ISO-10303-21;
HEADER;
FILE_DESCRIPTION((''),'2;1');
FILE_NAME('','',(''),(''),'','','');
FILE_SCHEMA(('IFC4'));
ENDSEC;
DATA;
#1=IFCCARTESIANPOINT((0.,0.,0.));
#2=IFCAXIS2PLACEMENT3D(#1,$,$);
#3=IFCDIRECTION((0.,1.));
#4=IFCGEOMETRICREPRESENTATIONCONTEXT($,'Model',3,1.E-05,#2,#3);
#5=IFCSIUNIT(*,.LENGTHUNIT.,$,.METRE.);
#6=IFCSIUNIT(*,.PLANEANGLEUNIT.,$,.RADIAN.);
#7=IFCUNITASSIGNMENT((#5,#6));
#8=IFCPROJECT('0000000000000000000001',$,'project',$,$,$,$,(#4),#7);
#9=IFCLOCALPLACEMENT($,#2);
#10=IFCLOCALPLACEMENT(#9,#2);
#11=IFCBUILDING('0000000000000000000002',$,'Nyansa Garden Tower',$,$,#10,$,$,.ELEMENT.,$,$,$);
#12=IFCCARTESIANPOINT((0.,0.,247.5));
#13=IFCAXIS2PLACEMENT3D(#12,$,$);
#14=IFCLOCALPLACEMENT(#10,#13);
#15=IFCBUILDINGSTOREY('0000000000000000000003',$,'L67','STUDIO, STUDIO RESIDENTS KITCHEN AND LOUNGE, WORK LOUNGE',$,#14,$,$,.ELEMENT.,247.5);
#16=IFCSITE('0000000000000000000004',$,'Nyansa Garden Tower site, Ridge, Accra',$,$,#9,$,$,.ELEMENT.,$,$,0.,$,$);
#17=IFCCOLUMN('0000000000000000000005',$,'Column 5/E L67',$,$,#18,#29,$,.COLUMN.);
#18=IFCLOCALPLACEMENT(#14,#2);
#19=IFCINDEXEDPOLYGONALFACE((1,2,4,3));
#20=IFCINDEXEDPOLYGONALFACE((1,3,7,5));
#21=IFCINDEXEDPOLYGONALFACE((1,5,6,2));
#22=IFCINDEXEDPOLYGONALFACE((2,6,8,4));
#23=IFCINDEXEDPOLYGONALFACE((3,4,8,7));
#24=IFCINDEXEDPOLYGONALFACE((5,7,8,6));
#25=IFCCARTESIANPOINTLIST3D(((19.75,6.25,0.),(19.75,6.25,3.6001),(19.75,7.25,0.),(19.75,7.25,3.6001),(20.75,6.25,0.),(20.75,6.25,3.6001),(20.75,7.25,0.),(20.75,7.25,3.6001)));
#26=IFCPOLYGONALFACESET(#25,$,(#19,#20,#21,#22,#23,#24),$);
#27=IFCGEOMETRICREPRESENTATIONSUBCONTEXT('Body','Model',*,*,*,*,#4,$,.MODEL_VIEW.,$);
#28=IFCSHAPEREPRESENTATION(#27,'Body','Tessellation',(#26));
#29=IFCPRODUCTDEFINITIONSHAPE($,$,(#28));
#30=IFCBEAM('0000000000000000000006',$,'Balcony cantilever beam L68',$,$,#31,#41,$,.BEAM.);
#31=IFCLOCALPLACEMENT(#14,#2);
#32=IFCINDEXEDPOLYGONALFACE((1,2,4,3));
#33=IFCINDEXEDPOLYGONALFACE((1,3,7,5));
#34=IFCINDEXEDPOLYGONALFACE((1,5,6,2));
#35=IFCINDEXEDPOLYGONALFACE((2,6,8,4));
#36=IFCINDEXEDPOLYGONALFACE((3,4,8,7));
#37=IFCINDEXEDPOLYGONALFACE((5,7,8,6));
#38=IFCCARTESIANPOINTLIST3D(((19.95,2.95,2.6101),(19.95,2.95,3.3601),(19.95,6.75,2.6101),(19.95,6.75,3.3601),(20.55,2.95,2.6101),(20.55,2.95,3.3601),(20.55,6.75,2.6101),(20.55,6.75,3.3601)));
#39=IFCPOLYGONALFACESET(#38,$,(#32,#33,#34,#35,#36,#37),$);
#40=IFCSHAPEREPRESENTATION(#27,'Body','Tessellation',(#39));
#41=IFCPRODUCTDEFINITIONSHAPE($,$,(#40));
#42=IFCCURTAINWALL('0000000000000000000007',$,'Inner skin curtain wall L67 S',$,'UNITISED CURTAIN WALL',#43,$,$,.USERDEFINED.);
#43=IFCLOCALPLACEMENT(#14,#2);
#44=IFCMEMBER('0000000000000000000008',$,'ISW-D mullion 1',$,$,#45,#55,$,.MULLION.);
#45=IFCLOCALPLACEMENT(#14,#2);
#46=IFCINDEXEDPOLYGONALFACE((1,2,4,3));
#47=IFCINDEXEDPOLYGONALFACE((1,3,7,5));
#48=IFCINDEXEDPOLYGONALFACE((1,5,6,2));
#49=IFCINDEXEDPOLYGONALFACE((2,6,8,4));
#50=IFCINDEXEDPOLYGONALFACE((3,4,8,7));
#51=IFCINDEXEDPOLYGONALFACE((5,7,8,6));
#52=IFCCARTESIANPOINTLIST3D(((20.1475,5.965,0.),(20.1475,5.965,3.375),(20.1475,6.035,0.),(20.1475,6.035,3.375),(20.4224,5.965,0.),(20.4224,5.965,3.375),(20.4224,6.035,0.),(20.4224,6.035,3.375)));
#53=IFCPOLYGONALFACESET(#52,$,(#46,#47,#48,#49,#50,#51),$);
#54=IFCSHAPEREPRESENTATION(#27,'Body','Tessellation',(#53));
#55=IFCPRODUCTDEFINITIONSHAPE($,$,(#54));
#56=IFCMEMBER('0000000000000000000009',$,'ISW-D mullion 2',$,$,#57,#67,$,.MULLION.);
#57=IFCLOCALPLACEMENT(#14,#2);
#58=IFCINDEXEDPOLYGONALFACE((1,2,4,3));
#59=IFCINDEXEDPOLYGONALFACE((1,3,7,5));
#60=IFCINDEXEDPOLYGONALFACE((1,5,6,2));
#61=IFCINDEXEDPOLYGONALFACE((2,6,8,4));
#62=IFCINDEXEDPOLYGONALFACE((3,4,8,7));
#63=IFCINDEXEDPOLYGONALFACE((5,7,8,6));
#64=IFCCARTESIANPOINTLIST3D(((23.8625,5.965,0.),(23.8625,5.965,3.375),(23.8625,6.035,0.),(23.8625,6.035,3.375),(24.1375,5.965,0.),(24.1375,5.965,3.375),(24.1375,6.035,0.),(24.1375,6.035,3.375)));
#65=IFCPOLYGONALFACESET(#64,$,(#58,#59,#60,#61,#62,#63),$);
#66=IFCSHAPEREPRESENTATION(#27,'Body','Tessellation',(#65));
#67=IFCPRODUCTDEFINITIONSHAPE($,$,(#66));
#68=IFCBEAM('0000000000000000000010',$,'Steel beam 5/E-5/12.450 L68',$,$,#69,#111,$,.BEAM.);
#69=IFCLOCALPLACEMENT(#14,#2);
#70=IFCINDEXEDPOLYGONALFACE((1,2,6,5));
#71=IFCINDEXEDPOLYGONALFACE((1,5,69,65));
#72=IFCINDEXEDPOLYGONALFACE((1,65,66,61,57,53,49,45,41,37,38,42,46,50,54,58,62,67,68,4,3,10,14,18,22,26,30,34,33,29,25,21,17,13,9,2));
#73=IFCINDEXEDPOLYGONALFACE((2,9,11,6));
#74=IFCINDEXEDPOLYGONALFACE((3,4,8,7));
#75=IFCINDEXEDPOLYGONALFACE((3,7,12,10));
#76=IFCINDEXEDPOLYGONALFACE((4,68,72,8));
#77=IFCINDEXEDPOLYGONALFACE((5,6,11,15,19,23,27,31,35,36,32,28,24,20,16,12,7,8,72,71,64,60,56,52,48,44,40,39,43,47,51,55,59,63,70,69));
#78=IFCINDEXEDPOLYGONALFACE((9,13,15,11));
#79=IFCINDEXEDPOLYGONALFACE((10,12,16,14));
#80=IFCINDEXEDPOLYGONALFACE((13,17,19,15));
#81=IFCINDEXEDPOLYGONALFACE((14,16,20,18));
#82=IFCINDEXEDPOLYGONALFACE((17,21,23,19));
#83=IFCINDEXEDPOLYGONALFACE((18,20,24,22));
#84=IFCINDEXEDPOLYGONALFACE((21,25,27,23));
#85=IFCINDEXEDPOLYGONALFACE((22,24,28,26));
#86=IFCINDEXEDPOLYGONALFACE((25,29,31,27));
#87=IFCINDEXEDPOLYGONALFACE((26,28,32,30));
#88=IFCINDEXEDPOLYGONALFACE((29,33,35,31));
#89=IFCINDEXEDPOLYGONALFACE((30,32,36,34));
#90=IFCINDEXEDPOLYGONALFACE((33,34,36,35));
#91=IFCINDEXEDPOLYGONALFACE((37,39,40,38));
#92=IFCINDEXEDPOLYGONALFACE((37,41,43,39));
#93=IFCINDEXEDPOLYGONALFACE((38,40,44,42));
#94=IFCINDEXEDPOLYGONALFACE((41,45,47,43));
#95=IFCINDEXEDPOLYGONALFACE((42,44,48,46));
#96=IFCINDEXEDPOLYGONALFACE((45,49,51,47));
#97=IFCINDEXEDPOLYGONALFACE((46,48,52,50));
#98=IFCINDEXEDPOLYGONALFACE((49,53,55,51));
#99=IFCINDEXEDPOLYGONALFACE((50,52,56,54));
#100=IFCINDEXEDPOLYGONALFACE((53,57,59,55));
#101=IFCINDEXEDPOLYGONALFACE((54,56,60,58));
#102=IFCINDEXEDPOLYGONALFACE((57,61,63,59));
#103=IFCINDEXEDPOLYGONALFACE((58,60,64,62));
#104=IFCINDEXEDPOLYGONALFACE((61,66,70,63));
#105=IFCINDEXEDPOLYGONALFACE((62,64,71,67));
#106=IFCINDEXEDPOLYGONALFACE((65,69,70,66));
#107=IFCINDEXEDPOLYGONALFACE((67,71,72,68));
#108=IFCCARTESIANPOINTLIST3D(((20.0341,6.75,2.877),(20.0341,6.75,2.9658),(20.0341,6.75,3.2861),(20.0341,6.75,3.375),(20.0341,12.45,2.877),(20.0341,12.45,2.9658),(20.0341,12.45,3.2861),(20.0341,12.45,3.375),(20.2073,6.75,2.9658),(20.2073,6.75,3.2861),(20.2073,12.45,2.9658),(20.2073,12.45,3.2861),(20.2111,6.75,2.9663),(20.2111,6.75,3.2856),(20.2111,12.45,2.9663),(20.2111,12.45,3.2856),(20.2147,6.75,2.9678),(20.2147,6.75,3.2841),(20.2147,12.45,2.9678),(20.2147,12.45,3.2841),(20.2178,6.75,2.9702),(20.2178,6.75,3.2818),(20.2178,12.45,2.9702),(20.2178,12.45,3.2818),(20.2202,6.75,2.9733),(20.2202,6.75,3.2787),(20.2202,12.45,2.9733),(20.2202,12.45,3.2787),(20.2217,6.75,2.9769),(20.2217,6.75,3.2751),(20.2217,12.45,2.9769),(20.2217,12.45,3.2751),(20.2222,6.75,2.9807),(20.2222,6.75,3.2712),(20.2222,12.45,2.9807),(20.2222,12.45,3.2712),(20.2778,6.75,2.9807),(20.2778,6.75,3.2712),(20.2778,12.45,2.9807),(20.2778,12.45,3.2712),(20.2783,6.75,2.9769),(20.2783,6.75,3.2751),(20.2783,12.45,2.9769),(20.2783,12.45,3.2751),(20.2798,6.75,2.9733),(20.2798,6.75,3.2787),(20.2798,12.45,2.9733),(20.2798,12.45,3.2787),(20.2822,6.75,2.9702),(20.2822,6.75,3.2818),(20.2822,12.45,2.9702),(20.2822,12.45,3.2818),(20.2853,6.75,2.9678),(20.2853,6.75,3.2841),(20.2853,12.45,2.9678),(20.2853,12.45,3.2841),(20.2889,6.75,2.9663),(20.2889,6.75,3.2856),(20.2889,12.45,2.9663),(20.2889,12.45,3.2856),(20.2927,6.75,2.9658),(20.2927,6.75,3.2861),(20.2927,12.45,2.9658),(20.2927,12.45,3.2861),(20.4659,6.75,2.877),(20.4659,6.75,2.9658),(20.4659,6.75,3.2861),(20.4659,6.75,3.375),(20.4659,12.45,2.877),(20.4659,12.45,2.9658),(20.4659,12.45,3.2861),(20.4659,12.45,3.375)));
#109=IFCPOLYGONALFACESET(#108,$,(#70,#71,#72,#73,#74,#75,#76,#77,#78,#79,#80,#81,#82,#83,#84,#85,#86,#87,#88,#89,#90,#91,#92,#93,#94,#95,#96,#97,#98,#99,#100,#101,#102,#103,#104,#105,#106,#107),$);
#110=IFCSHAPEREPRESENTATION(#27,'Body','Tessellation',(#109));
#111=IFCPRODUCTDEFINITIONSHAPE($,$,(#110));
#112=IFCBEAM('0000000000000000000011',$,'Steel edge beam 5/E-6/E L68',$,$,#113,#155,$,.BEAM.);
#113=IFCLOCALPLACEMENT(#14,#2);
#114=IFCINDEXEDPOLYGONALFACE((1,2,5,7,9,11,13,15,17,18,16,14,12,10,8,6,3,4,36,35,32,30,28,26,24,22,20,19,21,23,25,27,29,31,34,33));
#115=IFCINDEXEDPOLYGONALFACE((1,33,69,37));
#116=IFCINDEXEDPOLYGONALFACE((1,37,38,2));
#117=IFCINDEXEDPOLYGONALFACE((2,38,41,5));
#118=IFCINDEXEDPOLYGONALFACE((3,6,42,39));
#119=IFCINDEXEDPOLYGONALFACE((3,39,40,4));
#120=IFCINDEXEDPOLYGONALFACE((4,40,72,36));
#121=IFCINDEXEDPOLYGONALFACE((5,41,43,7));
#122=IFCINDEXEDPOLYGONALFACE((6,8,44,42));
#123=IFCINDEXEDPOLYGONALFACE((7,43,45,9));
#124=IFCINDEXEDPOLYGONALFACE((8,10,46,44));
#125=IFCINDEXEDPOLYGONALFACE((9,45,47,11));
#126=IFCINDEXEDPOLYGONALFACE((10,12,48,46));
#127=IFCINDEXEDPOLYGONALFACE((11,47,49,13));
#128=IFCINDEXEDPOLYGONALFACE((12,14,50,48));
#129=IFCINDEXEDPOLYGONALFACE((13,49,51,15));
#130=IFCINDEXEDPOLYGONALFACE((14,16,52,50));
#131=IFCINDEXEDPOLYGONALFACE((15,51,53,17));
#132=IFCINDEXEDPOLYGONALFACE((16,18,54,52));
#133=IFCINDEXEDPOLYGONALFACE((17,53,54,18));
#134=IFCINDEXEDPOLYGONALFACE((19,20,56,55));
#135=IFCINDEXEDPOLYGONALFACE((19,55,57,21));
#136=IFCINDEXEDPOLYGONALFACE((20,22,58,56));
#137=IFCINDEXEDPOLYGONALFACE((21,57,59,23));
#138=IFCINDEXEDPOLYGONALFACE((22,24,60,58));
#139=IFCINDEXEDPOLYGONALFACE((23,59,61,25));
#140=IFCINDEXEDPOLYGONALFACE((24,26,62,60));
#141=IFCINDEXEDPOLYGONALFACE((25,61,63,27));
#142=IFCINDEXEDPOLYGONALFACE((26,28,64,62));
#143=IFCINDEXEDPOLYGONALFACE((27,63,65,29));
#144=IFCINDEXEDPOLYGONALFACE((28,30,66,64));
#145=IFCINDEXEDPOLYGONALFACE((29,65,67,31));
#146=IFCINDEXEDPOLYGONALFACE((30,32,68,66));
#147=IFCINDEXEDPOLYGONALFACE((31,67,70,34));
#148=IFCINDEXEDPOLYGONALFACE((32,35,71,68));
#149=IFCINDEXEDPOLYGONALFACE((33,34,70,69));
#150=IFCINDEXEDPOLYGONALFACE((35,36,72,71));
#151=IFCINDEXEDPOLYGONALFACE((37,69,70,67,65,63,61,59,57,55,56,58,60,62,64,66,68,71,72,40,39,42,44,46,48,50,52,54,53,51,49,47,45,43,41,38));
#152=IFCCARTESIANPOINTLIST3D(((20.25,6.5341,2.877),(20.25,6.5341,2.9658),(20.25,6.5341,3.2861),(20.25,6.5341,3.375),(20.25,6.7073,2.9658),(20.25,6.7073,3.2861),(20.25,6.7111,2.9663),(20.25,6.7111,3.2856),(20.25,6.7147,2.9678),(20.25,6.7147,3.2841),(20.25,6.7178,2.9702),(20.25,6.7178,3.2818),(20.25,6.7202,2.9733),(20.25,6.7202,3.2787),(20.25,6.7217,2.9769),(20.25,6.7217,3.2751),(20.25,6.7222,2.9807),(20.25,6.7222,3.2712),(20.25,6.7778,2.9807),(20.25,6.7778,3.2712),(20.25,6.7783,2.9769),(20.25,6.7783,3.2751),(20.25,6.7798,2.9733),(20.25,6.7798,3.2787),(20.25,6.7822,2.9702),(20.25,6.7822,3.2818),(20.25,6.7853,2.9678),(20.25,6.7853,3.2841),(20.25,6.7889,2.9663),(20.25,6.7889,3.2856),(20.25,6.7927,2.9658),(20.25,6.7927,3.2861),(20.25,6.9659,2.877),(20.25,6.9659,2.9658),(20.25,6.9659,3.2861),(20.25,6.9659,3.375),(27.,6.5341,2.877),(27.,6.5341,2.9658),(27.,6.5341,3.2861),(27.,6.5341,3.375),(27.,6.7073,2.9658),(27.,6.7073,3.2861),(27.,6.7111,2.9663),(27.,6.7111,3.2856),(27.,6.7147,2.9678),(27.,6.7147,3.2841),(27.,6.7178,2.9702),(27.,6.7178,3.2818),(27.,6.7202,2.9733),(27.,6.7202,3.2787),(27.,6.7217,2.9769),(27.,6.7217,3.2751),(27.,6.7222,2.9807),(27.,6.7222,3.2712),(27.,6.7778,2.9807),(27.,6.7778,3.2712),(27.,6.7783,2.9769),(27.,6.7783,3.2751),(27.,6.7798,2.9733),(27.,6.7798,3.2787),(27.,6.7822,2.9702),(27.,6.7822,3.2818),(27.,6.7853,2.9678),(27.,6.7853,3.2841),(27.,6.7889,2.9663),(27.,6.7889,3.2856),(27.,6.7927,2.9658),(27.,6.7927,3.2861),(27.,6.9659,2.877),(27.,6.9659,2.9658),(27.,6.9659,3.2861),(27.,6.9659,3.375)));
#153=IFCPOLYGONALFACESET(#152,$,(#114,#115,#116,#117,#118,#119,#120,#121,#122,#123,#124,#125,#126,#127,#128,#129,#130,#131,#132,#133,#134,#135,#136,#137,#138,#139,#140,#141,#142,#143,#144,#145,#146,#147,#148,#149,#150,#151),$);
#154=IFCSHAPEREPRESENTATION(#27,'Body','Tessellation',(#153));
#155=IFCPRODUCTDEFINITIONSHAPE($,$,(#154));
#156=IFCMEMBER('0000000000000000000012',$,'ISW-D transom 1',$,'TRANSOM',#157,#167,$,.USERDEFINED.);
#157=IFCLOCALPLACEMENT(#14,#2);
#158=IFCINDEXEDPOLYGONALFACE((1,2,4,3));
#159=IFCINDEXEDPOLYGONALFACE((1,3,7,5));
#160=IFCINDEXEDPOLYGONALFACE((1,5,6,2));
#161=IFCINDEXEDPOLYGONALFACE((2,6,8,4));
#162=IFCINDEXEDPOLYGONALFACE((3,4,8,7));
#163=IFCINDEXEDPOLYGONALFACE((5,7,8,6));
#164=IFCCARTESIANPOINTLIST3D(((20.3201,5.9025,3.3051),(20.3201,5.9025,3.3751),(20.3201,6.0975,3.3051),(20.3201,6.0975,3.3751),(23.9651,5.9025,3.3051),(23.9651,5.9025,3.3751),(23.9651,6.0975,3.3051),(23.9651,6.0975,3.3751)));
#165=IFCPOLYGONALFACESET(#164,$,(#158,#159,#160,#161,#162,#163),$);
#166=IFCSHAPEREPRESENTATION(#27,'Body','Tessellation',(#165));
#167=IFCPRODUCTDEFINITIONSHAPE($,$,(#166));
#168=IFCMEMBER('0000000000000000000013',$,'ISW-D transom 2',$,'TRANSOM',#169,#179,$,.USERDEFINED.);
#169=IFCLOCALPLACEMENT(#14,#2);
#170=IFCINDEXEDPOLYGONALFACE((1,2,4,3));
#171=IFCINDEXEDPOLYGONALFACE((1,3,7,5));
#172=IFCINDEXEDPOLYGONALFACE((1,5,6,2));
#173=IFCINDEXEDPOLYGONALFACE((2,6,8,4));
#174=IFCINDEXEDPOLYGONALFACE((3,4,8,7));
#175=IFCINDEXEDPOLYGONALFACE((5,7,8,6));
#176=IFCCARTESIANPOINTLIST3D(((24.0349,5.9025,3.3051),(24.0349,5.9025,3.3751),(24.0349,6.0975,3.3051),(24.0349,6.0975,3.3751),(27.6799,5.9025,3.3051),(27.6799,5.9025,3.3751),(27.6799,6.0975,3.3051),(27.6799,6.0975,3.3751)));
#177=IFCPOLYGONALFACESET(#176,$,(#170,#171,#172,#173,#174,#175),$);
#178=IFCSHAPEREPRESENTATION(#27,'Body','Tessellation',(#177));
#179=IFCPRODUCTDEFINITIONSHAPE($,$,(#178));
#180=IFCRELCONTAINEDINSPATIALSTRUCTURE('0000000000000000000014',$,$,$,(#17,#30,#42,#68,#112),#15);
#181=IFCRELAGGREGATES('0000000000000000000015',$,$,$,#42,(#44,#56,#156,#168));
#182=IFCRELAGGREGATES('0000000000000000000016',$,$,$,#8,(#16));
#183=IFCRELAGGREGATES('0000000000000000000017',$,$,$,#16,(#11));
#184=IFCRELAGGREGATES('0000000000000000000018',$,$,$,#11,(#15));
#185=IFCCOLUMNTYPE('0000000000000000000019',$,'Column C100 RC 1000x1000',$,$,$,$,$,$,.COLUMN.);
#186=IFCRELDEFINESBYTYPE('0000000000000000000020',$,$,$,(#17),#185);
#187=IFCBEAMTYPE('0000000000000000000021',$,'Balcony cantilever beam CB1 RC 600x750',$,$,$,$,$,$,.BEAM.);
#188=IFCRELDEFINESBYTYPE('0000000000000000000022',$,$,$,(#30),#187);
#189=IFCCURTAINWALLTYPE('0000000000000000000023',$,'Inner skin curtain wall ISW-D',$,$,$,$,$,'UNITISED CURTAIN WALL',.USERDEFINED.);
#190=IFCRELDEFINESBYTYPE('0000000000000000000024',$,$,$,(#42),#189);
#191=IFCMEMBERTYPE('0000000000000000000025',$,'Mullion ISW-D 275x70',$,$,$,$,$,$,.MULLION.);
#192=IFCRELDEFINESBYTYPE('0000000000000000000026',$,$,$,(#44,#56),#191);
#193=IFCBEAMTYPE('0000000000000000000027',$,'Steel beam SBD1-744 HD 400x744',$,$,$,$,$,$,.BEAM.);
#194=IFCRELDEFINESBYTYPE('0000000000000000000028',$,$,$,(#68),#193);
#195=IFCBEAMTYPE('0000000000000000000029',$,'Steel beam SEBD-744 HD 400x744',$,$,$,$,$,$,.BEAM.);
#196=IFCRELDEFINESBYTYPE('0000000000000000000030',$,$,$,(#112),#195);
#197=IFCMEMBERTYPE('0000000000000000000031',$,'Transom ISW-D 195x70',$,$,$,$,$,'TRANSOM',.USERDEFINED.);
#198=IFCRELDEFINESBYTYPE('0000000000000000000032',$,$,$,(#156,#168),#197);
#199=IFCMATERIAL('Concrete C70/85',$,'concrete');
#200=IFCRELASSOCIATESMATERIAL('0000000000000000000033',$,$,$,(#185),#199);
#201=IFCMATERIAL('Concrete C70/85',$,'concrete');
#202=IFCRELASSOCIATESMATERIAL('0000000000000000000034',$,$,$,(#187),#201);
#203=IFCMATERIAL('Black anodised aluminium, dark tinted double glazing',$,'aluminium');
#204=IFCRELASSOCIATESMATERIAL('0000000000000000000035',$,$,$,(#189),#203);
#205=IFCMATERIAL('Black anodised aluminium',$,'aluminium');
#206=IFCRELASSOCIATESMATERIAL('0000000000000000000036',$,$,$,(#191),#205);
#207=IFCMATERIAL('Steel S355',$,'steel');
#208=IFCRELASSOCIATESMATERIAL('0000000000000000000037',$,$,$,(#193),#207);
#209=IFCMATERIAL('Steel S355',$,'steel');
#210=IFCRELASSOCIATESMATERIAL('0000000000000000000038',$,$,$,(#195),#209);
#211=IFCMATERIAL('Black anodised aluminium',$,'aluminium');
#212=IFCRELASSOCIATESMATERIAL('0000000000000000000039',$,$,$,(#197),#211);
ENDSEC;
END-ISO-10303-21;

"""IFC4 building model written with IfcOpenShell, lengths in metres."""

from ifc_helpers import new_model, si_unit, direction, frame, origin, origin_2d, place, context, subcontext, project, spatial, rectangle, i_section, extrude, material, material_profile, profile_set, type_object, element, aggregate, save


model = new_model("IFC4")

# Units and contexts
model_context = context("Model", 3, precision=1e-05, world=origin(), true_north=direction((0.0, 1.0)))
body_context = subcontext(model_context, "Body", "Model", "MODEL_VIEW")
ifc_project = project(units=[si_unit("LENGTHUNIT", "METRE"), si_unit("PLANEANGLEUNIT", "RADIAN")], contexts=[model_context])

# Site, building, storey
site_placement = place(None, origin())
site = spatial("IfcSite", under=ifc_project, at=site_placement, Name="Nyansa Garden Tower site, Ridge, Accra", CompositionType="ELEMENT", RefElevation=0.0)
building_placement = place(site_placement, origin())
building = spatial("IfcBuilding", under=site, at=building_placement, Name="Nyansa Garden Tower", CompositionType="ELEMENT")
storey_placement = place(building_placement, frame((0.0, 0.0, 247.5)))
storey = spatial("IfcBuildingStorey", under=building, at=storey_placement, Name="L67", Description="STUDIO, STUDIO RESIDENTS KITCHEN AND LOUNGE, WORK LOUNGE", CompositionType="ELEMENT", Elevation=247.5)

# Column
ifc_material_1 = material(Name="Concrete C70/85", Category="concrete")
ifc_material_profile_1 = material_profile(ifc_material_1, rectangle(XDim=1.0, YDim=1.0, at=origin_2d()), Name="RC 1000x1000")
ifc_profile_set_1 = profile_set([ifc_material_profile_1], Name="Concrete C70/85")
column_type = type_object("IfcColumnType", Name="Column C100 RC 1000x1000", PredefinedType="COLUMN", material=ifc_profile_set_1)
column_placement = place(storey_placement, frame((20.25, 6.75, 0.0), z_axis=(0.0, 0.0, 1.0), x_axis=(1.0, 0.0, 0.0)))
element("IfcColumn", 1, at=column_placement, inside=storey, type_object=column_type, Name="Column 5/E L67", PredefinedType="COLUMN", context=body_context, shape_type="SweptSolid", body=[
    extrude(rectangle(XDim=1.0, YDim=1.0, at=origin_2d()), origin(), (0.0, 0.0, 1.0), 3.6001),
])

# Beam
ifc_material_2 = material(Name="Concrete C70/85", Category="concrete")
ifc_material_profile_2 = material_profile(ifc_material_2, rectangle(XDim=0.6001, YDim=0.75, at=origin_2d()), Name="RC 600x750")
ifc_profile_set_2 = profile_set([ifc_material_profile_2], Name="Concrete C70/85")
beam_type_1 = type_object("IfcBeamType", Name="Balcony cantilever beam CB1 RC 600x750", PredefinedType="BEAM", material=ifc_profile_set_2)
beam_1_placement = place(storey_placement, frame((20.25, 6.75, 2.9851), z_axis=(0.0, -1.0, 0.0), x_axis=(1.0, 0.0, 0.0)))
element("IfcBeam", 2, at=beam_1_placement, inside=storey, type_object=beam_type_1, Name="Balcony cantilever beam L68", PredefinedType="BEAM", context=body_context, shape_type="SweptSolid", body=[
    extrude(rectangle(XDim=0.6001, YDim=0.75, at=origin_2d()), origin(), (0.0, 0.0, 1.0), 3.8),
])

# Curtain wall, members
ifc_material_3 = material(Name="Black anodised aluminium, dark tinted double glazing", Category="aluminium")
curtain_wall_type = type_object("IfcCurtainWallType", Name="Inner skin curtain wall ISW-D", ElementType="UNITISED CURTAIN WALL", PredefinedType="USERDEFINED", material=ifc_material_3)
curtain_wall_placement = place(storey_placement, origin())
curtain_wall = element("IfcCurtainWall", 3, at=curtain_wall_placement, inside=storey, type_object=curtain_wall_type, Name="Inner skin curtain wall L67 S", ObjectType="UNITISED CURTAIN WALL", PredefinedType="USERDEFINED")
ifc_material_4 = material(Name="Black anodised aluminium", Category="aluminium")
ifc_material_profile_3 = material_profile(ifc_material_4, rectangle(XDim=0.0701, YDim=0.2749, at=origin_2d()), Name="Mullion 275x70")
ifc_profile_set_3 = profile_set([ifc_material_profile_3], Name="Black anodised aluminium")
member_type_1 = type_object("IfcMemberType", Name="Mullion ISW-D 275x70", PredefinedType="MULLION", material=ifc_profile_set_3)
member_1_placement = place(storey_placement, frame((20.2849, 6.0, 0.0), z_axis=(0.0, 0.0, 1.0), x_axis=(0.0, 1.0, 0.0)))
member_1 = element("IfcMember", 4, at=member_1_placement, type_object=member_type_1, Name="ISW-D mullion 1", PredefinedType="MULLION", context=body_context, shape_type="SweptSolid", body=[
    extrude(rectangle(XDim=0.0701, YDim=0.2749, at=origin_2d()), origin(), (0.0, 0.0, 1.0), 3.375),
])
member_2_placement = place(storey_placement, frame((24.0, 6.0, 0.0), z_axis=(0.0, 0.0, 1.0), x_axis=(0.0, 1.0, 0.0)))
member_2 = element("IfcMember", 5, at=member_2_placement, type_object=member_type_1, Name="ISW-D mullion 2", PredefinedType="MULLION", context=body_context, shape_type="SweptSolid", body=[
    extrude(rectangle(XDim=0.0701, YDim=0.2749, at=origin_2d()), origin(), (0.0, 0.0, 1.0), 3.375),
])

# Beams
ifc_material_5 = material(Name="Steel S355", Category="steel")
ifc_material_profile_4 = material_profile(ifc_material_5, i_section(OverallWidth=0.4319, OverallDepth=0.498, WebThickness=0.0557, FlangeThickness=0.0889, FilletRadius=0.0149, at=origin_2d()), Name="HD 400x744")
ifc_profile_set_4 = profile_set([ifc_material_profile_4], Name="Steel S355")
beam_type_2 = type_object("IfcBeamType", Name="Steel beam SBD1-744 HD 400x744", PredefinedType="BEAM", material=ifc_profile_set_4)
beam_2_placement = place(storey_placement, frame((20.25, 6.75, 3.126), z_axis=(0.0, 1.0, 0.0), x_axis=(-1.0, 0.0, 0.0)))
element("IfcBeam", 6, at=beam_2_placement, inside=storey, type_object=beam_type_2, Name="Steel beam 5/E-5/12.450 L68", PredefinedType="BEAM", context=body_context, shape_type="SweptSolid", body=[
    extrude(i_section(OverallWidth=0.4319, OverallDepth=0.498, WebThickness=0.0557, FlangeThickness=0.0889, FilletRadius=0.0149, at=origin_2d()), origin(), (0.0, 0.0, 1.0), 5.7),
])
ifc_material_6 = material(Name="Steel S355", Category="steel")
ifc_material_profile_5 = material_profile(ifc_material_6, i_section(OverallWidth=0.4319, OverallDepth=0.498, WebThickness=0.0557, FlangeThickness=0.0889, FilletRadius=0.0149, at=origin_2d()), Name="HD 400x744")
ifc_profile_set_5 = profile_set([ifc_material_profile_5], Name="Steel S355")
beam_type_3 = type_object("IfcBeamType", Name="Steel beam SEBD-744 HD 400x744", PredefinedType="BEAM", material=ifc_profile_set_5)
beam_3_placement = place(storey_placement, frame((20.25, 6.75, 3.126), z_axis=(1.0, 0.0, 0.0), x_axis=(0.0, 1.0, 0.0)))
element("IfcBeam", 7, at=beam_3_placement, inside=storey, type_object=beam_type_3, Name="Steel edge beam 5/E-6/E L68", PredefinedType="BEAM", context=body_context, shape_type="SweptSolid", body=[
    extrude(i_section(OverallWidth=0.4319, OverallDepth=0.498, WebThickness=0.0557, FlangeThickness=0.0889, FilletRadius=0.0149, at=origin_2d()), origin(), (0.0, 0.0, 1.0), 6.75),
])

# Members
ifc_material_7 = material(Name="Black anodised aluminium", Category="aluminium")
ifc_material_profile_6 = material_profile(ifc_material_7, rectangle(XDim=0.1951, YDim=0.0701, at=origin_2d()), Name="Transom 195x70")
ifc_profile_set_6 = profile_set([ifc_material_profile_6], Name="Black anodised aluminium")
member_type_2 = type_object("IfcMemberType", Name="Transom ISW-D 195x70", ElementType="TRANSOM", PredefinedType="USERDEFINED", material=ifc_profile_set_6)
member_3_placement = place(storey_placement, frame((20.3201, 6.0, 3.3401), z_axis=(1.0, 0.0, 0.0), x_axis=(0.0, 1.0, 0.0)))
member_3 = element("IfcMember", 8, at=member_3_placement, type_object=member_type_2, Name="ISW-D transom 1", ObjectType="TRANSOM", PredefinedType="USERDEFINED", context=body_context, shape_type="SweptSolid", body=[
    extrude(rectangle(XDim=0.1951, YDim=0.0701, at=origin_2d()), origin(), (0.0, 0.0, 1.0), 3.645),
])
member_4_placement = place(storey_placement, frame((24.0349, 6.0, 3.3401), z_axis=(1.0, 0.0, 0.0), x_axis=(0.0, 1.0, 0.0)))
member_4 = element("IfcMember", 9, at=member_4_placement, type_object=member_type_2, Name="ISW-D transom 2", ObjectType="TRANSOM", PredefinedType="USERDEFINED", context=body_context, shape_type="SweptSolid", body=[
    extrude(rectangle(XDim=0.1951, YDim=0.0701, at=origin_2d()), origin(), (0.0, 0.0, 1.0), 3.645),
])

aggregate(curtain_wall, [member_1, member_2, member_3, member_4])

save(model, "model.ifc")
